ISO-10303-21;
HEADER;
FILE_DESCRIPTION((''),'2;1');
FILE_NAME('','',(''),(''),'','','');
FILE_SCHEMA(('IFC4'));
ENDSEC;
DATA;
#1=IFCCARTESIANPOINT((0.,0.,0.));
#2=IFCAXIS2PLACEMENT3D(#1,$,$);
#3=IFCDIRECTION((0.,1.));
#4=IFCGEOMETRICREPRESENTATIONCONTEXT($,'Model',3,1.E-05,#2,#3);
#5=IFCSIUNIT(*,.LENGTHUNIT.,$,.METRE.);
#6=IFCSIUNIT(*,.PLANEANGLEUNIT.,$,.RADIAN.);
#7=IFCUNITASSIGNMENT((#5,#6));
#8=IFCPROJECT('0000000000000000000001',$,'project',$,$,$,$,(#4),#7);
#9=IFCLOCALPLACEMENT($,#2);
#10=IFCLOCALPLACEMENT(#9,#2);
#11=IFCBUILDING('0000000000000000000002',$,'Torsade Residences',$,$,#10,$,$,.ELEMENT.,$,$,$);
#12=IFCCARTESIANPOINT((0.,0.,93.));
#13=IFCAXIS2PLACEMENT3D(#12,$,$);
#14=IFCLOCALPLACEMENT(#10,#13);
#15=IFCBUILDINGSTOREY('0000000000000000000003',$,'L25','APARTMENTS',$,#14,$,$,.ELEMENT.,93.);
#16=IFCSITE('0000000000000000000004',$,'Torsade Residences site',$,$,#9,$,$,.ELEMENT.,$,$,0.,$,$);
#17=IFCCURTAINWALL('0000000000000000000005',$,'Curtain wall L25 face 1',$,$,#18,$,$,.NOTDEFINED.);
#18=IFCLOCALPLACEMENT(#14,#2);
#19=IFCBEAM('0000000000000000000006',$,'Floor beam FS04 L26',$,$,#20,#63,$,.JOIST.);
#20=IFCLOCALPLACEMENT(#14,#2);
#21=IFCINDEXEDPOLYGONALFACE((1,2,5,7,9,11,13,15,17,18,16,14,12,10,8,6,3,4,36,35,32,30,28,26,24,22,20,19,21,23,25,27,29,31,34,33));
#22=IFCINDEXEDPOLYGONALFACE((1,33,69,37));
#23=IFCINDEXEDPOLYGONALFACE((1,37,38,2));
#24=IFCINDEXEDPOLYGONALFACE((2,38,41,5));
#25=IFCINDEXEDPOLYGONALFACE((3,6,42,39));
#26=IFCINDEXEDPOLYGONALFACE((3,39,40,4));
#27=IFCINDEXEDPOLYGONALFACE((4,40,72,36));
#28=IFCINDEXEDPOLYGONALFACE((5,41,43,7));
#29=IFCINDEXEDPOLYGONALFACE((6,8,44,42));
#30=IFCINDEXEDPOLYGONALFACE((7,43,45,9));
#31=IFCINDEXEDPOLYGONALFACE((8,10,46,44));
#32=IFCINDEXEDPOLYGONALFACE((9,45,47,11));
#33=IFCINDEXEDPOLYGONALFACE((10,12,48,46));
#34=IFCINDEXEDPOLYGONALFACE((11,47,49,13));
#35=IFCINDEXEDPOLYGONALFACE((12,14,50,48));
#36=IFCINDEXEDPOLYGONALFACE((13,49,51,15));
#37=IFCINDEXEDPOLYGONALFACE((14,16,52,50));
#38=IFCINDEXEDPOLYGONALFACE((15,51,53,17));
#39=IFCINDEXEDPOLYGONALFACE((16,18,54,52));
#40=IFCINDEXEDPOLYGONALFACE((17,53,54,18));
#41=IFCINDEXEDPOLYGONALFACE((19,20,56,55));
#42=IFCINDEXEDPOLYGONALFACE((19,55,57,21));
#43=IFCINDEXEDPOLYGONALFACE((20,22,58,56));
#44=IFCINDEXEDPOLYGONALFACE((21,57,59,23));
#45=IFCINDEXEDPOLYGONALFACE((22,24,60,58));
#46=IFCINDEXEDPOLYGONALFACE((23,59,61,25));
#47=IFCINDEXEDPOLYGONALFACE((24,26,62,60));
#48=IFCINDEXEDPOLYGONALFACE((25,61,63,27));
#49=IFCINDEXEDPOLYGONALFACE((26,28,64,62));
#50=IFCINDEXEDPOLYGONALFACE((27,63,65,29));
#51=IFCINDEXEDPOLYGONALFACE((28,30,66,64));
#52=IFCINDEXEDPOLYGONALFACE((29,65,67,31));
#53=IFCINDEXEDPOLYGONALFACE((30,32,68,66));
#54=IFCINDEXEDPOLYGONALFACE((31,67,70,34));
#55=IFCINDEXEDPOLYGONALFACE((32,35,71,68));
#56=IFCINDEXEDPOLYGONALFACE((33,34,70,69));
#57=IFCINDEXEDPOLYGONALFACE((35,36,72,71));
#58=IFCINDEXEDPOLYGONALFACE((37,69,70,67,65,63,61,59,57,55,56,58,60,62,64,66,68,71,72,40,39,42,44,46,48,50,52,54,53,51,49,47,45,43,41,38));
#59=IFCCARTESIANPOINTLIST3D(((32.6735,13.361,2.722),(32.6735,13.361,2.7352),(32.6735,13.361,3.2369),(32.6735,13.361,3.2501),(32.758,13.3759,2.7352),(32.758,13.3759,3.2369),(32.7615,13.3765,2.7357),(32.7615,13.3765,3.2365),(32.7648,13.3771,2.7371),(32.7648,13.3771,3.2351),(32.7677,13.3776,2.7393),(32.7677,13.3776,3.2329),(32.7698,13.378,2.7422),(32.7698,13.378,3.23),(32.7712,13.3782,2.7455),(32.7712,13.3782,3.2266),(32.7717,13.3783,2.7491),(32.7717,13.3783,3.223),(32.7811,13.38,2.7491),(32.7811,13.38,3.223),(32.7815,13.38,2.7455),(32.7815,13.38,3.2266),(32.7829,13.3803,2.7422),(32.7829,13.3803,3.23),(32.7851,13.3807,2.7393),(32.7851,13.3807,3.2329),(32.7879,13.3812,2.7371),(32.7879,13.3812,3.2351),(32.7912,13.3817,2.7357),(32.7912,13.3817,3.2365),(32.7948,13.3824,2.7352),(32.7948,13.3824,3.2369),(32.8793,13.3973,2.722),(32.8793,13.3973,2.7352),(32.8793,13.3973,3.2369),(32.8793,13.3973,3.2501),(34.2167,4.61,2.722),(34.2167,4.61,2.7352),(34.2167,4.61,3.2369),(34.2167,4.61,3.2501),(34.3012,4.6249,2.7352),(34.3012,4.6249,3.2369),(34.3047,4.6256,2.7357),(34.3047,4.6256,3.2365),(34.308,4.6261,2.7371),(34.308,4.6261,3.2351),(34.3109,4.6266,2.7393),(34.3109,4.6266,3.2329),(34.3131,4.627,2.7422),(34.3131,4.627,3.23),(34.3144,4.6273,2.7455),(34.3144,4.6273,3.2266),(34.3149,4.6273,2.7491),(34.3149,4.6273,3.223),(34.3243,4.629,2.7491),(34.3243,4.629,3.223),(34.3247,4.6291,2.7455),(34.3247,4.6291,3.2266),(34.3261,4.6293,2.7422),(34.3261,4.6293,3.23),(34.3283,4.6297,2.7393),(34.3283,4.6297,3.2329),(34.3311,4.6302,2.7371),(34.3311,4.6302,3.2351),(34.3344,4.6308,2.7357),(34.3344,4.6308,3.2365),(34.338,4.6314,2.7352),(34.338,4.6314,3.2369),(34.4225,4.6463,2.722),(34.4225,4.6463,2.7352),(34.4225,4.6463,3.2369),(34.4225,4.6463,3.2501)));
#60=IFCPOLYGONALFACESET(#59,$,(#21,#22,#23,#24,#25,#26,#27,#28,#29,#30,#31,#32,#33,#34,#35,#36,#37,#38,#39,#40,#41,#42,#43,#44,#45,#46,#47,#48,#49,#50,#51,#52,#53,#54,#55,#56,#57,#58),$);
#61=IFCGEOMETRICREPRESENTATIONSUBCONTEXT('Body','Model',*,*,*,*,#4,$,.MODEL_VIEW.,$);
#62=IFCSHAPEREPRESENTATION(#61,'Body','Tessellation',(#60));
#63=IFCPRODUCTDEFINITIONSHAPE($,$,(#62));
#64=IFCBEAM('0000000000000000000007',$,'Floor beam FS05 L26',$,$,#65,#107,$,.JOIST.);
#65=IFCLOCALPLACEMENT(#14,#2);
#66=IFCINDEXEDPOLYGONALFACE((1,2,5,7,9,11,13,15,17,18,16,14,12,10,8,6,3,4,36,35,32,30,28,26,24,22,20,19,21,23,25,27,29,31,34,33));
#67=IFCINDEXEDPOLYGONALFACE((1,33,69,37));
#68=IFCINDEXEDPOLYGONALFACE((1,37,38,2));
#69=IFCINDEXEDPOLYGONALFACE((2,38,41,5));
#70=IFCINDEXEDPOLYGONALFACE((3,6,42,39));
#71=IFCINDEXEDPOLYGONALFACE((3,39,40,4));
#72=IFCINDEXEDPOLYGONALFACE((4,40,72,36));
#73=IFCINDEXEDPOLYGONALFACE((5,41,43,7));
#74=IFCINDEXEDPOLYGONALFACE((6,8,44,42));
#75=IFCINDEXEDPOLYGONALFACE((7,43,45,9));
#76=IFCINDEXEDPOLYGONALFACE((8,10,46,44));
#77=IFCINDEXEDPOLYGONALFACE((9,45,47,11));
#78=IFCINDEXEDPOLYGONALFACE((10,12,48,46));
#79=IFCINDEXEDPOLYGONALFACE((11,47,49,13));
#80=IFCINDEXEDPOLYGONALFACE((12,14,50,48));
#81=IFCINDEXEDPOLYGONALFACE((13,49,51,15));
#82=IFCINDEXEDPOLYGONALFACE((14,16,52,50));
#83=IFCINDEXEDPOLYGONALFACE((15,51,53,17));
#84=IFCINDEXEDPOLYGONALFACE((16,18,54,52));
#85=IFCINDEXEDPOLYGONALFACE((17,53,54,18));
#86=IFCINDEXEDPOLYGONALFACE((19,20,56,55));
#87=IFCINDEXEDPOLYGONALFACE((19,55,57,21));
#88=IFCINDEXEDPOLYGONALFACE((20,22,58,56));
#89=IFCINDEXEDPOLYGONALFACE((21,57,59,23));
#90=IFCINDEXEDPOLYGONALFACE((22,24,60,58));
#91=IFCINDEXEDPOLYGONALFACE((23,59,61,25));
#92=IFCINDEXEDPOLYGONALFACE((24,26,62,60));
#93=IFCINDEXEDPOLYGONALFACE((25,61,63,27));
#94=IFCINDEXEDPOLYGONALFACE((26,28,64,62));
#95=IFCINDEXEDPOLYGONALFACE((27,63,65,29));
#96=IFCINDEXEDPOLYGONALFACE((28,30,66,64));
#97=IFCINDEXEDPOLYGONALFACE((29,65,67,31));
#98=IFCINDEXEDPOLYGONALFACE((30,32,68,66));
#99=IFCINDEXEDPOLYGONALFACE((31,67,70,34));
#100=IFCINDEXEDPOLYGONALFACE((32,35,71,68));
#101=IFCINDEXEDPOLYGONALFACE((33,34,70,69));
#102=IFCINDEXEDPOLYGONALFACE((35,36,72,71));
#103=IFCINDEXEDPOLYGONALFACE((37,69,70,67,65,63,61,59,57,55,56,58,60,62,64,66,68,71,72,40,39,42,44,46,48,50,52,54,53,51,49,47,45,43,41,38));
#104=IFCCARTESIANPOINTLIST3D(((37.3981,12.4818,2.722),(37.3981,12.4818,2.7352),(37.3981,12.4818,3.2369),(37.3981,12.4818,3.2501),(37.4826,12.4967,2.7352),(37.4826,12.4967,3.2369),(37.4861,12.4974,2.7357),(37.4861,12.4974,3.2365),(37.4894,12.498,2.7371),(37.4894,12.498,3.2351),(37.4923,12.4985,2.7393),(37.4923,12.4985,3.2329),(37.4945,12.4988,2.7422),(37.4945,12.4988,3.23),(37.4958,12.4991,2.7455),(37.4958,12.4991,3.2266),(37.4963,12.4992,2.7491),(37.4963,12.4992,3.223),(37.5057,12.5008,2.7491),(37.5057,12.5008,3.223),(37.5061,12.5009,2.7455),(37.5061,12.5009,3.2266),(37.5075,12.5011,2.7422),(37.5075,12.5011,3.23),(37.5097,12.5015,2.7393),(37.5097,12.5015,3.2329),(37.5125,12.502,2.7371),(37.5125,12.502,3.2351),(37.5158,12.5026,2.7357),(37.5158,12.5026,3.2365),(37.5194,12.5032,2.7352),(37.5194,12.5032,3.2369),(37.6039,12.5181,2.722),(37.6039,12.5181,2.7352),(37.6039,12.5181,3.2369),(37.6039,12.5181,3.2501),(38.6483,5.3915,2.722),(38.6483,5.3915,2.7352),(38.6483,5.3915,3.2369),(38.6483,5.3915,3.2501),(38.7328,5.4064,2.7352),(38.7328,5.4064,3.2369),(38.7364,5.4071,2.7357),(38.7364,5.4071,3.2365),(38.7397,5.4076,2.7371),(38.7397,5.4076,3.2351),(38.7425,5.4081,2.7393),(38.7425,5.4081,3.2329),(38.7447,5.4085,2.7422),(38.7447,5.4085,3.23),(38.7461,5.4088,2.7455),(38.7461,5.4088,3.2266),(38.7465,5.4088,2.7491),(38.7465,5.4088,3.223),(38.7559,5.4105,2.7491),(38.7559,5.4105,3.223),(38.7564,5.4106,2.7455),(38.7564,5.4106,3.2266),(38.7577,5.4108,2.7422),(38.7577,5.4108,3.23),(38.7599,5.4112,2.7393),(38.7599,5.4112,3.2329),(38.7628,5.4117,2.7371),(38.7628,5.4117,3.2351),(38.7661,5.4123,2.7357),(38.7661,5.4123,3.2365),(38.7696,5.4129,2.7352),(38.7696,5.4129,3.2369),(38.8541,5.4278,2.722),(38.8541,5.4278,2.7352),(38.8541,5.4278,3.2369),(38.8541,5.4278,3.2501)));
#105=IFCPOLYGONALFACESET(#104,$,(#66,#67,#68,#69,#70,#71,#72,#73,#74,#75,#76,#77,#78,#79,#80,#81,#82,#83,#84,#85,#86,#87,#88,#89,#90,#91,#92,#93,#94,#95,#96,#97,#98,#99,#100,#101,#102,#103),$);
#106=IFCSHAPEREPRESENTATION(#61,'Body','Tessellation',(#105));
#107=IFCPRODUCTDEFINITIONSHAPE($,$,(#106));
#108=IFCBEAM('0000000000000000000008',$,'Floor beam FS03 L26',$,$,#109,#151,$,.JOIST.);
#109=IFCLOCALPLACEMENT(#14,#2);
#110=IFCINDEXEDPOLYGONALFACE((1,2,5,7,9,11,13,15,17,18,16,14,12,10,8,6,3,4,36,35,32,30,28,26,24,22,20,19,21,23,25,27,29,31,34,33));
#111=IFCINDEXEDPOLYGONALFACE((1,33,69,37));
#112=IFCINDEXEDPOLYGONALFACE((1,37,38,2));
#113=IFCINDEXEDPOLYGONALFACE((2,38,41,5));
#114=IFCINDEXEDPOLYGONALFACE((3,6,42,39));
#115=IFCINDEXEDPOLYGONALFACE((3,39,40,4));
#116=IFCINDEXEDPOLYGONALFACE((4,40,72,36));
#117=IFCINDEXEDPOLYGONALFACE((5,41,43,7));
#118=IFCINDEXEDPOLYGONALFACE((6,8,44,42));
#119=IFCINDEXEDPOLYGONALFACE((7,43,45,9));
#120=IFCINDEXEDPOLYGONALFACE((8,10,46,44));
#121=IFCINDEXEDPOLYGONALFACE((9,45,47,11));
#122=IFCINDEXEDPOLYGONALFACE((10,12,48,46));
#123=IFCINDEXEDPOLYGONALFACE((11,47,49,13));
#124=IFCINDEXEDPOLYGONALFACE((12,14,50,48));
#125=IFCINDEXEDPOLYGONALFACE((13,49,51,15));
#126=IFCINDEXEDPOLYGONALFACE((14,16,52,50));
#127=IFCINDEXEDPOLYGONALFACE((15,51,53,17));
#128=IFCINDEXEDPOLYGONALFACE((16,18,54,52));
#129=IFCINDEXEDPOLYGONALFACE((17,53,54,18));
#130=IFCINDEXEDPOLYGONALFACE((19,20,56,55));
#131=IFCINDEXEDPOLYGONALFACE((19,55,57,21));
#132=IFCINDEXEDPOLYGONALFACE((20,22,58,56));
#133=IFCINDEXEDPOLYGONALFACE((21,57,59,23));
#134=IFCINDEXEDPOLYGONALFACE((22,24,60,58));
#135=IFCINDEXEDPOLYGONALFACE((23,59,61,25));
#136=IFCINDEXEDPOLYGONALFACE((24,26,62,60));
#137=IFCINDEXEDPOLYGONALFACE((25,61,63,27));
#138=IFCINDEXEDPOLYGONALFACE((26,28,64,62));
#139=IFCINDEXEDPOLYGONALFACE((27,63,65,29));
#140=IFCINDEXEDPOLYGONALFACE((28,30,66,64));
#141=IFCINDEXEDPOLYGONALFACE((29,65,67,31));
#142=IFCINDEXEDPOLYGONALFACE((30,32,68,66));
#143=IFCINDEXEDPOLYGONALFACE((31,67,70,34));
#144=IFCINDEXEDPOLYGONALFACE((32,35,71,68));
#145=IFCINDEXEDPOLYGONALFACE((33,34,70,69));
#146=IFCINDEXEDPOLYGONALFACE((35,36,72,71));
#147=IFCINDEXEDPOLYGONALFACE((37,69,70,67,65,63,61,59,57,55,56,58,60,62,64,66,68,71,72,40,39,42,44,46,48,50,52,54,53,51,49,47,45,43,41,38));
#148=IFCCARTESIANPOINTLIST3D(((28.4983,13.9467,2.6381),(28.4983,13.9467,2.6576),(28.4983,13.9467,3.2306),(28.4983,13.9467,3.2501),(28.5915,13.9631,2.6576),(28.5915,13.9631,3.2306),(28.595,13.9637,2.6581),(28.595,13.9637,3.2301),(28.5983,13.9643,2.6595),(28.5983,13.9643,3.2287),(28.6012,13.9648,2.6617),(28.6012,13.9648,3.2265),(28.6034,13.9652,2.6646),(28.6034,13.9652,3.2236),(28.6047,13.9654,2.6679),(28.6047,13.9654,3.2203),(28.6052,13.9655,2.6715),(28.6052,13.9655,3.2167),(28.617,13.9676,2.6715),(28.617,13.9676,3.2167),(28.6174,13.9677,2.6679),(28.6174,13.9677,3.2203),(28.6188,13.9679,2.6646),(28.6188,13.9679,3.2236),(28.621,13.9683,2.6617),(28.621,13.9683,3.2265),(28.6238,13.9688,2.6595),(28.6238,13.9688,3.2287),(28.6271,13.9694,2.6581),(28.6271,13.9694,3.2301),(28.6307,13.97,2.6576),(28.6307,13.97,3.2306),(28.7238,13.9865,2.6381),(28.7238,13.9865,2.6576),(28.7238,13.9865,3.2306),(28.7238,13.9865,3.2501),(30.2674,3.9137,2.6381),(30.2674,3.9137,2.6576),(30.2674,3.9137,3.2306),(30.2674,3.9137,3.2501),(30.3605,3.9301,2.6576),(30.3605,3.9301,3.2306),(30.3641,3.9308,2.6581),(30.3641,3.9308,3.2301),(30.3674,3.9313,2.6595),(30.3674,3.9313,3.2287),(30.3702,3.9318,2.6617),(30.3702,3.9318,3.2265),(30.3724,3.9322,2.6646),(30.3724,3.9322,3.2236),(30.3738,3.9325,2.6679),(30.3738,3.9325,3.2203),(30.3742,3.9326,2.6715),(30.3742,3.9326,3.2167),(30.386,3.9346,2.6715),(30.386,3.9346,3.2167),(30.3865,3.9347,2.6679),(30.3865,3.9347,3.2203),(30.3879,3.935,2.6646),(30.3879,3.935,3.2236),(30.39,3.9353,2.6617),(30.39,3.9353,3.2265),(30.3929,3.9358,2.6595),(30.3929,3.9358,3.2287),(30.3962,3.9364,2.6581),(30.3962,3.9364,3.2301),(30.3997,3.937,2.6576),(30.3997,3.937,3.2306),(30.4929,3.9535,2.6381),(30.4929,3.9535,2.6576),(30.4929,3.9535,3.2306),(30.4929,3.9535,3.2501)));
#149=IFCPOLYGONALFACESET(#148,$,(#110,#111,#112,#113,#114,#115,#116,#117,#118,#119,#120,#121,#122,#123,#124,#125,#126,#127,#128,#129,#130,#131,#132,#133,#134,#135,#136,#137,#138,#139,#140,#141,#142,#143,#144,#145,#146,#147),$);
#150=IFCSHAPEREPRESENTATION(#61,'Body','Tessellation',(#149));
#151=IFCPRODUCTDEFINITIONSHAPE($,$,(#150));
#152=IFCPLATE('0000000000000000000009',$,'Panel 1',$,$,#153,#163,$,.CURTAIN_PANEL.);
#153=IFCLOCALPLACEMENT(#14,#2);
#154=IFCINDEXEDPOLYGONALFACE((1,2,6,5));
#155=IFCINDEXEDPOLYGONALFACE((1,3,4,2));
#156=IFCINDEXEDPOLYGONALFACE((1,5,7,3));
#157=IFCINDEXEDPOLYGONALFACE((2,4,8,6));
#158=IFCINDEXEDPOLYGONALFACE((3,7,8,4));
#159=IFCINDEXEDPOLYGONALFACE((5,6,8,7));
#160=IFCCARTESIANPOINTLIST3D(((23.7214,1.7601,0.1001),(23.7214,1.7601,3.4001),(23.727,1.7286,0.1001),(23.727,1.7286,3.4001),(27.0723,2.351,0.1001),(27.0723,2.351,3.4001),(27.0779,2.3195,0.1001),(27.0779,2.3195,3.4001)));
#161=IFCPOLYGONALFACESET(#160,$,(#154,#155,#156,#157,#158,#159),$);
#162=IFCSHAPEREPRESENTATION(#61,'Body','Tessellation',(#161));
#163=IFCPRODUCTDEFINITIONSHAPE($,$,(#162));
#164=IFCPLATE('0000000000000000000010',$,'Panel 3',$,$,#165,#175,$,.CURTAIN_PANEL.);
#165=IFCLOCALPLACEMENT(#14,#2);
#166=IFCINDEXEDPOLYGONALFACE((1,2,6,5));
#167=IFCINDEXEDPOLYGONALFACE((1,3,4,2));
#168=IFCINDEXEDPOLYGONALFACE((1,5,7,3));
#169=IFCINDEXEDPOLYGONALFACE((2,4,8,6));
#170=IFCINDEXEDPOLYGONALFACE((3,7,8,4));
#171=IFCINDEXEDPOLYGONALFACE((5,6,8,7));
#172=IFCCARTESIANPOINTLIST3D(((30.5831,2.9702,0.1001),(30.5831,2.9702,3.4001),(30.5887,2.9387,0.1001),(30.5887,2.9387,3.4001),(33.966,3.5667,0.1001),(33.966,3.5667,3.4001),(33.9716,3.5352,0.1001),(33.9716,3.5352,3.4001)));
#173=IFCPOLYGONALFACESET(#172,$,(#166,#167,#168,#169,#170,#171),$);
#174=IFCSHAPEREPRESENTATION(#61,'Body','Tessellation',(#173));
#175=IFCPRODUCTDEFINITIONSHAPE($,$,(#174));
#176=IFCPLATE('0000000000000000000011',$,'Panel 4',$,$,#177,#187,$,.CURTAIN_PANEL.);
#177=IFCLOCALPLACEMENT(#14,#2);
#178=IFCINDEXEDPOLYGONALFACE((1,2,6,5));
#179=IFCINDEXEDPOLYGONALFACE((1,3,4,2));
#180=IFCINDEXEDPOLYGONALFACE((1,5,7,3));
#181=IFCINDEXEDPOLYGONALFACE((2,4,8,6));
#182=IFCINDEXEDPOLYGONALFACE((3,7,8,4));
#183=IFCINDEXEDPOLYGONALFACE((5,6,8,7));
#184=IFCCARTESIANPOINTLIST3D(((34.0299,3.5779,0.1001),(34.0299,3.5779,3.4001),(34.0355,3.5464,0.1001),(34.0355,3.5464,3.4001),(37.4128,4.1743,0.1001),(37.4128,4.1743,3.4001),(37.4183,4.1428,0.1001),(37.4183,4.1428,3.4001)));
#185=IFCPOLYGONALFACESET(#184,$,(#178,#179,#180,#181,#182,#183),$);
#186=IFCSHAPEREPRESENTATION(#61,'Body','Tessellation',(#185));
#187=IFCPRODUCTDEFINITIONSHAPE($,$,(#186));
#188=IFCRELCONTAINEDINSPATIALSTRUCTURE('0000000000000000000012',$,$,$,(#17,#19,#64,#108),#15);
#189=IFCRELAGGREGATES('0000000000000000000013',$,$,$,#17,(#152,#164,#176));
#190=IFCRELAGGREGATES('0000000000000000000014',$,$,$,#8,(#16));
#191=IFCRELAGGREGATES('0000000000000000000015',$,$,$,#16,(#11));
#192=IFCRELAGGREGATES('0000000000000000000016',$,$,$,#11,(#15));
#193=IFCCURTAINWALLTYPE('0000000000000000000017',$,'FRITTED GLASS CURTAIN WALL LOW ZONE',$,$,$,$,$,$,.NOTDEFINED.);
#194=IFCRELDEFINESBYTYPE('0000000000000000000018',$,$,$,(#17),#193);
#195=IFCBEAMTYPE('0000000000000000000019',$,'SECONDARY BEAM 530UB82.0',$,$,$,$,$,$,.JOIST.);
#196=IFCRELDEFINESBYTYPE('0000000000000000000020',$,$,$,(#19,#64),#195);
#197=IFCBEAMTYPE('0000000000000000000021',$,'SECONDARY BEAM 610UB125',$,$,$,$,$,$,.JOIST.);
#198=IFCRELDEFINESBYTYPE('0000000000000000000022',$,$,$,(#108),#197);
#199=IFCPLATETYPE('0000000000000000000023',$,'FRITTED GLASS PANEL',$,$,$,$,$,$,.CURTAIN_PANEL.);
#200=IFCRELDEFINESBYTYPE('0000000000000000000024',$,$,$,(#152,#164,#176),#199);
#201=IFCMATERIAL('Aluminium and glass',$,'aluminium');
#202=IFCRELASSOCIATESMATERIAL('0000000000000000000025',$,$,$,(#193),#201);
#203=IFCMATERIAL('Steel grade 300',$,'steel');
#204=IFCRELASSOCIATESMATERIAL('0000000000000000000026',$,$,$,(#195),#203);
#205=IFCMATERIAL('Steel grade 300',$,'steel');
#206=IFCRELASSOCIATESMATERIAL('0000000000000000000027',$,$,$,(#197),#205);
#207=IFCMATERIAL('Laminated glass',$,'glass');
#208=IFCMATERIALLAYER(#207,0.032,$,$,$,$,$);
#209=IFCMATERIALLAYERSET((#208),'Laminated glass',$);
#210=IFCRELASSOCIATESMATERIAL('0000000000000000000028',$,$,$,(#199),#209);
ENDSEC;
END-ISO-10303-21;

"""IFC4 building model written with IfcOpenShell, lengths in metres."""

from ifc_helpers import new_model, si_unit, direction, frame, origin, origin_2d, place, context, subcontext, project, spatial, rectangle, i_section, extrude, material, layer, layer_set, material_profile, profile_set, type_object, element, aggregate, save


model = new_model("IFC4")

# Units and contexts
model_context = context("Model", 3, precision=1e-05, world=origin(), true_north=direction((0.0, 1.0)))
body_context = subcontext(model_context, "Body", "Model", "MODEL_VIEW")
ifc_project = project(units=[si_unit("LENGTHUNIT", "METRE"), si_unit("PLANEANGLEUNIT", "RADIAN")], contexts=[model_context])

# Site, building, storey
site_placement = place(None, origin())
site = spatial("IfcSite", under=ifc_project, at=site_placement, Name="Torsade Residences site", CompositionType="ELEMENT", RefElevation=0.0)
building_placement = place(site_placement, origin())
building = spatial("IfcBuilding", under=site, at=building_placement, Name="Torsade Residences", CompositionType="ELEMENT")
storey_placement = place(building_placement, frame((0.0, 0.0, 93.0)))
storey = spatial("IfcBuildingStorey", under=building, at=storey_placement, Name="L25", Description="APARTMENTS", CompositionType="ELEMENT", Elevation=93.0)

# Curtain wall
ifc_material_1 = material(Name="Aluminium and glass", Category="aluminium")
curtain_wall_type = type_object("IfcCurtainWallType", Name="FRITTED GLASS CURTAIN WALL LOW ZONE", PredefinedType="NOTDEFINED", material=ifc_material_1)
curtain_wall_placement = place(storey_placement, origin())
curtain_wall = element("IfcCurtainWall", 1, at=curtain_wall_placement, inside=storey, type_object=curtain_wall_type, Name="Curtain wall L25 face 1", PredefinedType="NOTDEFINED")

# Beams
ifc_material_2 = material(Name="Steel grade 300", Category="steel")
ifc_material_profile_1 = material_profile(ifc_material_2, i_section(OverallWidth=0.209, OverallDepth=0.5281, WebThickness=0.0095, FlangeThickness=0.0132, FilletRadius=0.0139, at=origin_2d()), Name="530UB82.0")
ifc_profile_set_1 = profile_set([ifc_material_profile_1], Name="Steel grade 300")
beam_type_1 = type_object("IfcBeamType", Name="SECONDARY BEAM 530UB82.0", PredefinedType="JOIST", material=ifc_profile_set_1)
beam_1_placement = place(storey_placement, frame((34.3196, 4.6282, 2.9861), z_axis=(-0.173668, 0.984804, 0.0), x_axis=(-0.984804, -0.173668, 0.0)))
element("IfcBeam", 2, at=beam_1_placement, inside=storey, type_object=beam_type_1, Name="Floor beam FS04 L26", PredefinedType="JOIST", context=body_context, shape_type="SweptSolid", body=[
    extrude(i_section(OverallWidth=0.209, OverallDepth=0.5281, WebThickness=0.0095, FlangeThickness=0.0132, FilletRadius=0.0139, at=origin_2d()), origin(), (0.0, 0.0, 1.0), 8.886),
])
beam_2_placement = place(storey_placement, frame((38.7512, 5.4097, 2.9861), z_axis=(-0.173652, 0.984807, 0.0), x_axis=(-0.984807, -0.173652, 0.0)))
element("IfcBeam", 3, at=beam_2_placement, inside=storey, type_object=beam_type_1, Name="Floor beam FS05 L26", PredefinedType="JOIST", context=body_context, shape_type="SweptSolid", body=[
    extrude(i_section(OverallWidth=0.209, OverallDepth=0.5281, WebThickness=0.0095, FlangeThickness=0.0132, FilletRadius=0.0139, at=origin_2d()), origin(), (0.0, 0.0, 1.0), 7.1997),
])
ifc_material_3 = material(Name="Steel grade 300", Category="steel")
ifc_material_profile_2 = material_profile(ifc_material_3, i_section(OverallWidth=0.229, OverallDepth=0.6121, WebThickness=0.012, FlangeThickness=0.0195, FilletRadius=0.0139, at=origin_2d()), Name="610UB125")
ifc_profile_set_2 = profile_set([ifc_material_profile_2], Name="Steel grade 300")
beam_type_2 = type_object("IfcBeamType", Name="SECONDARY BEAM 610UB125", PredefinedType="JOIST", material=ifc_profile_set_2)
beam_3_placement = place(storey_placement, frame((30.3801, 3.9336, 2.9441), z_axis=(-0.173645, 0.984808, 0.0), x_axis=(-0.984808, -0.173645, 0.0)))
element("IfcBeam", 4, at=beam_3_placement, inside=storey, type_object=beam_type_2, Name="Floor beam FS03 L26", PredefinedType="JOIST", context=body_context, shape_type="SweptSolid", body=[
    extrude(i_section(OverallWidth=0.229, OverallDepth=0.6121, WebThickness=0.012, FlangeThickness=0.0195, FilletRadius=0.0139, at=origin_2d()), origin(), (0.0, 0.0, 1.0), 10.1877),
])

# Plates
ifc_material_4 = material(Name="Laminated glass", Category="glass")
ifc_layer_1 = layer(ifc_material_4, 0.032)
ifc_layer_set_1 = layer_set([ifc_layer_1], Name="Laminated glass")
plate_type_1 = type_object("IfcPlateType", Name="FRITTED GLASS PANEL", PredefinedType="CURTAIN_PANEL", material=ifc_layer_set_1)
plate_1_placement = place(storey_placement, frame((25.3997, 2.0398, 0.1001), z_axis=(0.0, 0.0, 1.0), x_axis=(0.984808, 0.173648, 0.0)))
plate_1 = element("IfcPlate", 5, at=plate_1_placement, type_object=plate_type_1, Name="Panel 1", PredefinedType="CURTAIN_PANEL", context=body_context, shape_type="SweptSolid", body=[
    extrude(rectangle(XDim=3.4026, YDim=0.032, at=origin_2d()), origin(), (0.0, 0.0, 1.0), 3.3),
])
plate_2_placement = place(storey_placement, frame((32.2773, 3.2527, 0.1001), z_axis=(0.0, 0.0, 1.0), x_axis=(0.984808, 0.173648, 0.0)))
plate_2 = element("IfcPlate", 6, at=plate_2_placement, type_object=plate_type_1, Name="Panel 3", PredefinedType="CURTAIN_PANEL", context=body_context, shape_type="SweptSolid", body=[
    extrude(rectangle(XDim=3.4351, YDim=0.032, at=origin_2d()), origin(), (0.0, 0.0, 1.0), 3.3),
])
plate_3_placement = place(storey_placement, frame((35.7241, 3.8604, 0.1001), z_axis=(0.0, 0.0, 1.0), x_axis=(0.984808, 0.173648, 0.0)))
plate_3 = element("IfcPlate", 7, at=plate_3_placement, type_object=plate_type_1, Name="Panel 4", PredefinedType="CURTAIN_PANEL", context=body_context, shape_type="SweptSolid", body=[
    extrude(rectangle(XDim=3.4351, YDim=0.032, at=origin_2d()), origin(), (0.0, 0.0, 1.0), 3.3),
])
aggregate(curtain_wall, [plate_1, plate_2, plate_3])

save(model, "model.ifc")
